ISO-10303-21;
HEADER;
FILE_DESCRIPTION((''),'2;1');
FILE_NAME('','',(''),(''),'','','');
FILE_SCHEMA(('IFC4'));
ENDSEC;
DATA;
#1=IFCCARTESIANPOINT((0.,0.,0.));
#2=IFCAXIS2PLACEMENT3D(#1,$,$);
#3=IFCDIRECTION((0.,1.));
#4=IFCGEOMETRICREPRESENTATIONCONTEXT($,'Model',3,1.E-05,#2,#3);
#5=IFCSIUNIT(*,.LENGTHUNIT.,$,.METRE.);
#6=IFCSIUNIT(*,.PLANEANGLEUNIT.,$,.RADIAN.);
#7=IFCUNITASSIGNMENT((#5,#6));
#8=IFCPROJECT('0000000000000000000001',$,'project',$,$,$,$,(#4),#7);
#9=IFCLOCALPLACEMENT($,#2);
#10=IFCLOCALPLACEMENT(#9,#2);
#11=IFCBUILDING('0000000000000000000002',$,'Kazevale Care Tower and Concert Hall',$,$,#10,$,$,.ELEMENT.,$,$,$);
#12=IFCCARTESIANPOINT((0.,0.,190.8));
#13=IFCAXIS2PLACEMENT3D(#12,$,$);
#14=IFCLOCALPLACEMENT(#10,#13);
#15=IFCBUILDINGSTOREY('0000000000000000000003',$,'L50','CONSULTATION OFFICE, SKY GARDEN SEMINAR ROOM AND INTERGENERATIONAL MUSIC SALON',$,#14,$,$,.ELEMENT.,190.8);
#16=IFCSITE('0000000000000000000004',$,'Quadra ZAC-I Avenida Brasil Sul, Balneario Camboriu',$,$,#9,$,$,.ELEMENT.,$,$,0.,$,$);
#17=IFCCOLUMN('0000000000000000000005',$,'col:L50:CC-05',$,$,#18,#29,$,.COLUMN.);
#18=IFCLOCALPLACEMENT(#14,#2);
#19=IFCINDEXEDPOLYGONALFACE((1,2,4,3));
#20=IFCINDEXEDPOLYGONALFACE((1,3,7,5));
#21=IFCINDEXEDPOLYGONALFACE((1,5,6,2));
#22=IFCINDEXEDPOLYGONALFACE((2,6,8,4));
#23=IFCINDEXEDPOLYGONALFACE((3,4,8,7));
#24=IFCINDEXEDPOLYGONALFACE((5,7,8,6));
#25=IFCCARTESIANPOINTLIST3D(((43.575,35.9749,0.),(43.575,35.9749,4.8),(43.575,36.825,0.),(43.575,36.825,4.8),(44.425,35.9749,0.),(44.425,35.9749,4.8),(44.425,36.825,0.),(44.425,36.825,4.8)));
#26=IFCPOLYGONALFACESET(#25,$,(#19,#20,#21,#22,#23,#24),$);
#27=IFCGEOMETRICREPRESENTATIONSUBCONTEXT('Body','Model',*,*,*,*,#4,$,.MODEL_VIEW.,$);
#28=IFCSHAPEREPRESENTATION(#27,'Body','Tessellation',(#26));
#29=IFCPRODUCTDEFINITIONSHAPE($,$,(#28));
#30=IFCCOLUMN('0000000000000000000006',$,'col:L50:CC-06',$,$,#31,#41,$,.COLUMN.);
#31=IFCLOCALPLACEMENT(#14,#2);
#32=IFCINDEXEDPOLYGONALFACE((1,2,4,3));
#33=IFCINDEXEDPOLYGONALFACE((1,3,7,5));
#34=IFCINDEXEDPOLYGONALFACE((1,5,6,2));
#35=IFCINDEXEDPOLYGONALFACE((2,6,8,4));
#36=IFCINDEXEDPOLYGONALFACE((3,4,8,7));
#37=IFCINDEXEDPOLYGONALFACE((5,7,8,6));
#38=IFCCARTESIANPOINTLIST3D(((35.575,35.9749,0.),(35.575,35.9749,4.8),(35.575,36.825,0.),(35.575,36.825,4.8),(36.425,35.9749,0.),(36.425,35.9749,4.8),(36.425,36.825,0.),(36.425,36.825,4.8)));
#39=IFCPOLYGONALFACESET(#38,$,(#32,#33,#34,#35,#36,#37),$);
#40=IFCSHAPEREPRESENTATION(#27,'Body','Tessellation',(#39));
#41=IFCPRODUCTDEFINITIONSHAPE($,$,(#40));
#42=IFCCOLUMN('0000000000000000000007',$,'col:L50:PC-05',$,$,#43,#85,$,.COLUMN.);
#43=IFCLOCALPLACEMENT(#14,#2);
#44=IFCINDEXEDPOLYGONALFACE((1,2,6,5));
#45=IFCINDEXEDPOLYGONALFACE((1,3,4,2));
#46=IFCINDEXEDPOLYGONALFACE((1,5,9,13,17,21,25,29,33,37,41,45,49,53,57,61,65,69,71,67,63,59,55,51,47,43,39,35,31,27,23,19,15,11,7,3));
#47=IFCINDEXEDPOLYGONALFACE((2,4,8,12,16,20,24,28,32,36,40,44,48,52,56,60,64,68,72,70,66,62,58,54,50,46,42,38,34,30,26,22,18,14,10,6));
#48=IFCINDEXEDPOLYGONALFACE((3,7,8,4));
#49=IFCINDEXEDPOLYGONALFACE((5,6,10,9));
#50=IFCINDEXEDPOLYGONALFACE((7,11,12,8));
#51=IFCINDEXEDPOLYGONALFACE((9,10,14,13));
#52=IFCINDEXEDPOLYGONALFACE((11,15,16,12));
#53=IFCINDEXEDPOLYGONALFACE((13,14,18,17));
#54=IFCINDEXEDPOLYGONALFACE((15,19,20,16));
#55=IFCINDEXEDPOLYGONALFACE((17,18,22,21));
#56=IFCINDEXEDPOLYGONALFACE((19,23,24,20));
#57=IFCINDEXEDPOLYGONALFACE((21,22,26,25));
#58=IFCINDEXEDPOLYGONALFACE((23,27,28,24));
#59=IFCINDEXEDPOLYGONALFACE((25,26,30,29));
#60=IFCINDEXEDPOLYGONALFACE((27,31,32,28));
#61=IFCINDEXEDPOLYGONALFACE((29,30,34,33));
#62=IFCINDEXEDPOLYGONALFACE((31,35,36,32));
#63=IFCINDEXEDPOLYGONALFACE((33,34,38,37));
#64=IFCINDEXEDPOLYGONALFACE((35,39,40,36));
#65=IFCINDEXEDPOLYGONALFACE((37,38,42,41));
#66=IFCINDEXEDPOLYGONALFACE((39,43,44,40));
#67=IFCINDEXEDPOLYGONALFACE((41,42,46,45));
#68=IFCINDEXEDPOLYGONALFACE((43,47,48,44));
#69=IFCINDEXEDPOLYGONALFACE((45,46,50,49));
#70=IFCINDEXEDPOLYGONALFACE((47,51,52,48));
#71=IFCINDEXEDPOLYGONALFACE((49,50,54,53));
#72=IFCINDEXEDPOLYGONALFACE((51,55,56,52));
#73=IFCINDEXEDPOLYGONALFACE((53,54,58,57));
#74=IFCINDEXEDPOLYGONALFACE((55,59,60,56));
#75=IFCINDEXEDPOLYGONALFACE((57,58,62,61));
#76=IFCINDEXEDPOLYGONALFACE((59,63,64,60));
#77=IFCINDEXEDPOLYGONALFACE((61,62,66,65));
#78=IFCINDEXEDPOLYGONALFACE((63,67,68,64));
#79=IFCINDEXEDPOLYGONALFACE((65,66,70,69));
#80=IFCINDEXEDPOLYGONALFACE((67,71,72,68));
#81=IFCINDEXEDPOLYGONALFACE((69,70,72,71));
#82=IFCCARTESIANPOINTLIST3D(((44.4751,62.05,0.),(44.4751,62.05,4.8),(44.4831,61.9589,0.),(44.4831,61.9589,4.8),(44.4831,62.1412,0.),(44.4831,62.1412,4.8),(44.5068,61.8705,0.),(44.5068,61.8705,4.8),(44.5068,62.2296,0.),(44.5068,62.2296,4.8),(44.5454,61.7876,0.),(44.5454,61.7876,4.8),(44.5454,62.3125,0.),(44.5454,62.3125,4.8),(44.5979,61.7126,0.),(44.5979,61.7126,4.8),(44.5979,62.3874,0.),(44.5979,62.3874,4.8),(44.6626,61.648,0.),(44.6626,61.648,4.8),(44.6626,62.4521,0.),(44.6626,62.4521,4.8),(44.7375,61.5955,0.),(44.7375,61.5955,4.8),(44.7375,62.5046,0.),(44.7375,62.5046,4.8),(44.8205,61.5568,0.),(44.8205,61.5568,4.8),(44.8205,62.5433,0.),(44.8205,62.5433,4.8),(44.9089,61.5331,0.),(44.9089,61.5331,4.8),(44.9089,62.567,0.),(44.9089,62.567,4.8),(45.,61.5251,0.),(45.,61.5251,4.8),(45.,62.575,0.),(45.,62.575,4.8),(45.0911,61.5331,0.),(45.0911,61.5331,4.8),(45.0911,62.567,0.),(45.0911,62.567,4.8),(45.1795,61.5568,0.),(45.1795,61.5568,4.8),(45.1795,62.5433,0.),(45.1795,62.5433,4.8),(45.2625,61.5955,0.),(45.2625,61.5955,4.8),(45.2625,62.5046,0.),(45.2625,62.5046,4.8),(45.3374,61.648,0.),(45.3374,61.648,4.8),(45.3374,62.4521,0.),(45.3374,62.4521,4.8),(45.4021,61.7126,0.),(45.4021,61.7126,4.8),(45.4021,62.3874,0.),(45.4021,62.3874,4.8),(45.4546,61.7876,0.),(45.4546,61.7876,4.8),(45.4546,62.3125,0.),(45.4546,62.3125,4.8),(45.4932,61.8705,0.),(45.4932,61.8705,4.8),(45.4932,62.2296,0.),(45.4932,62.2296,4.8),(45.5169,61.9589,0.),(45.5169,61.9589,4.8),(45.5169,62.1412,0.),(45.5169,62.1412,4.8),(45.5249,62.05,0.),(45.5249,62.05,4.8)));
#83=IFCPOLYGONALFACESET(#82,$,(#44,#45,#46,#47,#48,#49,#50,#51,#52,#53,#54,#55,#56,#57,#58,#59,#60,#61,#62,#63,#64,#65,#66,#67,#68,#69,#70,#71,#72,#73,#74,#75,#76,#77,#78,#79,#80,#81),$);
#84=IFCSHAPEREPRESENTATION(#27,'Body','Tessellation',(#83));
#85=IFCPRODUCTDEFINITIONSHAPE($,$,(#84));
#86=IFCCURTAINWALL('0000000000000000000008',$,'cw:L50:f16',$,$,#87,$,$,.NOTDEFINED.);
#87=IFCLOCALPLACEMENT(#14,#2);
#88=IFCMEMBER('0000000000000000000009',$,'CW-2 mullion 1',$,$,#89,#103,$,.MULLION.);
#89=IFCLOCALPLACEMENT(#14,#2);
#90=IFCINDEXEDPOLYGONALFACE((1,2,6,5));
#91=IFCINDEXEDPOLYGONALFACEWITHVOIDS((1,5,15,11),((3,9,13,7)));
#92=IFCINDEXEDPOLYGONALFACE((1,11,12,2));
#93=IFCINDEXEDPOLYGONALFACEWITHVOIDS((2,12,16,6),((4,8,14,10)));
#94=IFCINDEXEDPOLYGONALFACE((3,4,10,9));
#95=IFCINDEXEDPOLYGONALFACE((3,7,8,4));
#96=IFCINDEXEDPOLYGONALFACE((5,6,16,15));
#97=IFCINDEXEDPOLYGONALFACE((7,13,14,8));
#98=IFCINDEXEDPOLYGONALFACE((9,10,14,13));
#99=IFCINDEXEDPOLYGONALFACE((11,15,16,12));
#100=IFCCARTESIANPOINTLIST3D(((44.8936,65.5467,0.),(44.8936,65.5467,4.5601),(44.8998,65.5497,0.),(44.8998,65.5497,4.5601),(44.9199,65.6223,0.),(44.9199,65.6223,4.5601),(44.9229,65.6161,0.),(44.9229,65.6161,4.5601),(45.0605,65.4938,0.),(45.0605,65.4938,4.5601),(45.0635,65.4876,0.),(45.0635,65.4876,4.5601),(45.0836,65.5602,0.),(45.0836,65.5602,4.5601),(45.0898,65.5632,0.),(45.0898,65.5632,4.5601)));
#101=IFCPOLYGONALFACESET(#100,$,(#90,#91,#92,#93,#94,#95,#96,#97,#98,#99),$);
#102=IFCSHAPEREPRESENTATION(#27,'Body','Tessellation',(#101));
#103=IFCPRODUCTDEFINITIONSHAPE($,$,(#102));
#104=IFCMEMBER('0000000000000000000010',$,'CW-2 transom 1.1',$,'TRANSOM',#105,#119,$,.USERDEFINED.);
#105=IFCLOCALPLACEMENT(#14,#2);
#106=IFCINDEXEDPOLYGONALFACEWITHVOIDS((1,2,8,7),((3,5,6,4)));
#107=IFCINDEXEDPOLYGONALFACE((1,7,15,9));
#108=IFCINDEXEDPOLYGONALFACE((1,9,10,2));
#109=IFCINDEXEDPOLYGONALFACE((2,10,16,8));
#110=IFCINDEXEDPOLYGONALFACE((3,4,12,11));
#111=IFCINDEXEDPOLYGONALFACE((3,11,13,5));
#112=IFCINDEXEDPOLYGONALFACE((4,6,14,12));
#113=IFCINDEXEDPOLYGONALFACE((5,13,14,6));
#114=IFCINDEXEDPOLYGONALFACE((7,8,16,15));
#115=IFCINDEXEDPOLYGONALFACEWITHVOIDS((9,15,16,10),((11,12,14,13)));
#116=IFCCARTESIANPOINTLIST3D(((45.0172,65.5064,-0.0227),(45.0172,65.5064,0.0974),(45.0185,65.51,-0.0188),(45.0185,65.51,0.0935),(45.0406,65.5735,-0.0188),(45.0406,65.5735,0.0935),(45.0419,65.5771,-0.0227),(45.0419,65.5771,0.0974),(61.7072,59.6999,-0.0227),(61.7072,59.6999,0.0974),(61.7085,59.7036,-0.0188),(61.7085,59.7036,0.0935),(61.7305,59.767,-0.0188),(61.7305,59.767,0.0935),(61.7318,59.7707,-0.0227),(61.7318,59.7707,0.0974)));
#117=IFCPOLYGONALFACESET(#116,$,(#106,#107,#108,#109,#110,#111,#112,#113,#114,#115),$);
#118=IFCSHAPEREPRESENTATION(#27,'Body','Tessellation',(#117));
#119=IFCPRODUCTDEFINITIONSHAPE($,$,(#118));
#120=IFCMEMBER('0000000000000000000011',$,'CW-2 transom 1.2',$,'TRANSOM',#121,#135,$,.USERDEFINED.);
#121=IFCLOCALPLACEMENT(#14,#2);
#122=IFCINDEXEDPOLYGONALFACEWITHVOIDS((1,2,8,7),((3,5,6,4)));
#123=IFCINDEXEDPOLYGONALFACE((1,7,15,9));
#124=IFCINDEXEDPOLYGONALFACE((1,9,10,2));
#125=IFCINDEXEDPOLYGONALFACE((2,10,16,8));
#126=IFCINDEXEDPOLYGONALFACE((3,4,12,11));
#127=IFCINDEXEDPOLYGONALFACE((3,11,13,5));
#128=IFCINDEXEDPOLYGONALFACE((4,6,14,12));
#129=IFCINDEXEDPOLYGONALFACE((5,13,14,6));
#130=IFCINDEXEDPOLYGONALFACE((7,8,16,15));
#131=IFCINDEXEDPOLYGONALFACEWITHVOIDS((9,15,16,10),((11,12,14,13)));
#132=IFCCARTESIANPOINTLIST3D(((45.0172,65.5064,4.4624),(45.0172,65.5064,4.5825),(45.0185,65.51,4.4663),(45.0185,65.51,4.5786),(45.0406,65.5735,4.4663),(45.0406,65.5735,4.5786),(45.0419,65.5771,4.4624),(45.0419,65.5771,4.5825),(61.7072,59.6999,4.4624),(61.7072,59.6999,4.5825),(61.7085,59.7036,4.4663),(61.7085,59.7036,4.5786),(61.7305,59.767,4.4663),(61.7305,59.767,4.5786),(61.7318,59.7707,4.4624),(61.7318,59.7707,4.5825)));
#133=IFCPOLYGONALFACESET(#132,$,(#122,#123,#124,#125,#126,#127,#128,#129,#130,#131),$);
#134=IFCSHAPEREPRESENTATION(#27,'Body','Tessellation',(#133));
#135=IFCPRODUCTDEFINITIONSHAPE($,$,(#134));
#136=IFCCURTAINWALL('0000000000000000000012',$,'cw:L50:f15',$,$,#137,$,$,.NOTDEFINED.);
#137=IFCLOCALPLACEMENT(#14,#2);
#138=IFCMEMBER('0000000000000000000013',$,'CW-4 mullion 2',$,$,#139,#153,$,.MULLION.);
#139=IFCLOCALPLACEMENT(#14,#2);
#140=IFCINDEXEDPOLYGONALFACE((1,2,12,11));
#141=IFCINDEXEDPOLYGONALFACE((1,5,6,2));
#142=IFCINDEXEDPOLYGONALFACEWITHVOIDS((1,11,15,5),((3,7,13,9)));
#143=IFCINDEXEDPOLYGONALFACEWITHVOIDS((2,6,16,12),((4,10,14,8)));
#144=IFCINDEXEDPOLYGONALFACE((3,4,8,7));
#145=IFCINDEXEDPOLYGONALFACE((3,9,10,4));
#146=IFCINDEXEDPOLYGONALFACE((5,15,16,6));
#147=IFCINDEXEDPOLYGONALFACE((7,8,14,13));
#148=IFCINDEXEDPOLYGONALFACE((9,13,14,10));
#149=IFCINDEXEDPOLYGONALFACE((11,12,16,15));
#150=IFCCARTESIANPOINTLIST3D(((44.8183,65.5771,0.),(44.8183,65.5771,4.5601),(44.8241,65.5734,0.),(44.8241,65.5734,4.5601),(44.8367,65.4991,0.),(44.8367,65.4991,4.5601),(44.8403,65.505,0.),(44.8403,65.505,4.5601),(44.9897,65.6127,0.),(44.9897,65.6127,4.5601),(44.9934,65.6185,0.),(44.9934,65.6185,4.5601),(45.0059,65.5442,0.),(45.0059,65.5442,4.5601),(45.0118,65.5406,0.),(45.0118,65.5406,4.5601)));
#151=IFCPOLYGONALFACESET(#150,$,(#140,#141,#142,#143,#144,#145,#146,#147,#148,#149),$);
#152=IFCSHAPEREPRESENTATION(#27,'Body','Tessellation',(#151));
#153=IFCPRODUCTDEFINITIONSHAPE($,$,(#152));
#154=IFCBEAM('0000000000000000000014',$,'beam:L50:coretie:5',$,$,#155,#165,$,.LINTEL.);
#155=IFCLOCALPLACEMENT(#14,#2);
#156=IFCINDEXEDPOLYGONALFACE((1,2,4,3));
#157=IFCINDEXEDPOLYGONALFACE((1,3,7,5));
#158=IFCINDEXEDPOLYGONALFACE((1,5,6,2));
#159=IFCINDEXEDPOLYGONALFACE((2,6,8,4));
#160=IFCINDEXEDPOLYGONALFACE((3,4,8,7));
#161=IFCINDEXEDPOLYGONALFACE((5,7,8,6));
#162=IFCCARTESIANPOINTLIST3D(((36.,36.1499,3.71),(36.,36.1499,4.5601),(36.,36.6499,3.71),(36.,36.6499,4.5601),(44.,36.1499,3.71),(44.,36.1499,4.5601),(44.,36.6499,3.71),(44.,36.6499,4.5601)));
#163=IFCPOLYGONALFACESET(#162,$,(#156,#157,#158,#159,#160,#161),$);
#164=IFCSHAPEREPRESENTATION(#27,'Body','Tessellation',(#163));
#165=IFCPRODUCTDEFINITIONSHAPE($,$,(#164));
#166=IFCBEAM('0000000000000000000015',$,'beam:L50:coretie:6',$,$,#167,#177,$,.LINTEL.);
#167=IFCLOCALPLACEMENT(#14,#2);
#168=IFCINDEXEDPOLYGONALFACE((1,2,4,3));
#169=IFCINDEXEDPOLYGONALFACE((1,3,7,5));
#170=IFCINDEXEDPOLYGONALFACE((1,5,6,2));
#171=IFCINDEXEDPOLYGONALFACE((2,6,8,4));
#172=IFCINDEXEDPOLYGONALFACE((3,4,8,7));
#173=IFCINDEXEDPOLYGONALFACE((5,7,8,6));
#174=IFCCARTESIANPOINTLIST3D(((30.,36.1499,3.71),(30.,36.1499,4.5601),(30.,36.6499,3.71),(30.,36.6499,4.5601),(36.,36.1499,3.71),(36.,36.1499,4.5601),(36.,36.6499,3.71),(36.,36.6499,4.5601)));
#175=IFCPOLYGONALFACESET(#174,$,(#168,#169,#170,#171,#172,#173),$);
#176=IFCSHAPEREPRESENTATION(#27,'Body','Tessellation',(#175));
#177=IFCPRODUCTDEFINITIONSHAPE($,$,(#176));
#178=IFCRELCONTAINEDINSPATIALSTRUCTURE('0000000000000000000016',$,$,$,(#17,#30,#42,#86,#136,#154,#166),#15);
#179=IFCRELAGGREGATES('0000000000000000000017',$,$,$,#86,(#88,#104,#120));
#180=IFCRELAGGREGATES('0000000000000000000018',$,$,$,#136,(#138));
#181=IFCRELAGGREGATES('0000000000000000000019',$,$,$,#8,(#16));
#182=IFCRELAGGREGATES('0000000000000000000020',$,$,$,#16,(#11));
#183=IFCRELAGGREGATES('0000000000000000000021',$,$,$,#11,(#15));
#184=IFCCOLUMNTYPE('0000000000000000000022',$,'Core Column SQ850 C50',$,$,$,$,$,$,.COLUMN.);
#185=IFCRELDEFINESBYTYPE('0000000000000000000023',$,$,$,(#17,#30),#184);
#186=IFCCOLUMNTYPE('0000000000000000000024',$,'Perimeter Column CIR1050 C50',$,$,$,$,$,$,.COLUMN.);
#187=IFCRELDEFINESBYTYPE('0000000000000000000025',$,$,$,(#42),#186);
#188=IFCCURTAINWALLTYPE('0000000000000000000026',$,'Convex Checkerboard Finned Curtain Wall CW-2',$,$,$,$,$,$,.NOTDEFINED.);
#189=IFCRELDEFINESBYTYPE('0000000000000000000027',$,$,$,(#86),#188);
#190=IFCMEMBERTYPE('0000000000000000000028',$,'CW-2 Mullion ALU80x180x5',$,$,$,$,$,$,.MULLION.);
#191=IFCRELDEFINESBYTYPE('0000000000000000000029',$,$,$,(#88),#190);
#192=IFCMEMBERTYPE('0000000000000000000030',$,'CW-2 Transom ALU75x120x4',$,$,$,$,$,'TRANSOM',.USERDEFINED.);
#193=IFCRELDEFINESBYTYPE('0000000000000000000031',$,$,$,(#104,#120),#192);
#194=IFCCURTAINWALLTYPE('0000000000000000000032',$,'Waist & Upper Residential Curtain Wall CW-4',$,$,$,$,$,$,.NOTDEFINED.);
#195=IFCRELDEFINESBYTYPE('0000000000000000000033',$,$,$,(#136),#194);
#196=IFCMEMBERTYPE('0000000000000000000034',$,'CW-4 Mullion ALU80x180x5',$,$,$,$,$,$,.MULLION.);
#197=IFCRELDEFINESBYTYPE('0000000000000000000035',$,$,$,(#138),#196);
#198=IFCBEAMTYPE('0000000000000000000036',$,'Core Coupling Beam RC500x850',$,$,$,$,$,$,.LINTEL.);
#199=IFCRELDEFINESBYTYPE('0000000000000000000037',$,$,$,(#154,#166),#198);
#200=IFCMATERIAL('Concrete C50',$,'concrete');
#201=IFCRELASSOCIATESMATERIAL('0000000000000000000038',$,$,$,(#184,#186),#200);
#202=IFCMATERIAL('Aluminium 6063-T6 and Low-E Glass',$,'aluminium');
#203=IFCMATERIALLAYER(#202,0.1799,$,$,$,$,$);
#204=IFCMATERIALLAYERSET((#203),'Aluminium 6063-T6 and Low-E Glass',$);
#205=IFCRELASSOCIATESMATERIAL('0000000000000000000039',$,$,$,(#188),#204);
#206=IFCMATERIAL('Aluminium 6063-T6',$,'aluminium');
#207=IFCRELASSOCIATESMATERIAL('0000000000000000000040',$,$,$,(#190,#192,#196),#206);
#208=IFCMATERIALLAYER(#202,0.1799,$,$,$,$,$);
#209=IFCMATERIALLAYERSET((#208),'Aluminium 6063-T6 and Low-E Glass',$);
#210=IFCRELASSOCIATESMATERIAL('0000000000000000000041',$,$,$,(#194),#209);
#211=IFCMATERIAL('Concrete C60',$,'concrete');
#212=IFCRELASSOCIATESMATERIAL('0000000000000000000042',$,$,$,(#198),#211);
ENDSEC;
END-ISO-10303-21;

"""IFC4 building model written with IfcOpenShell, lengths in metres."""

from ifc_helpers import new_model, si_unit, direction, frame, origin, origin_2d, place, context, subcontext, project, spatial, rectangle, hollow_rectangle, circle, extrude, material, layer, layer_set, material_profile, profile_set, type_object, element, aggregate, save


model = new_model("IFC4")

# Units and contexts
model_context = context("Model", 3, precision=1e-05, world=origin(), true_north=direction((0.0, 1.0)))
body_context = subcontext(model_context, "Body", "Model", "MODEL_VIEW")
ifc_project = project(units=[si_unit("LENGTHUNIT", "METRE"), si_unit("PLANEANGLEUNIT", "RADIAN")], contexts=[model_context])

# Site, building, storey
site_placement = place(None, origin())
site = spatial("IfcSite", under=ifc_project, at=site_placement, Name="Quadra ZAC-I Avenida Brasil Sul, Balneario Camboriu", CompositionType="ELEMENT", RefElevation=0.0)
building_placement = place(site_placement, origin())
building = spatial("IfcBuilding", under=site, at=building_placement, Name="Kazevale Care Tower and Concert Hall", CompositionType="ELEMENT")
storey_placement = place(building_placement, frame((0.0, 0.0, 190.8)))
storey = spatial("IfcBuildingStorey", under=building, at=storey_placement, Name="L50", Description="CONSULTATION OFFICE, SKY GARDEN SEMINAR ROOM AND INTERGENERATIONAL MUSIC SALON", CompositionType="ELEMENT", Elevation=190.8)

# Columns
ifc_material_1 = material(Name="Concrete C50", Category="concrete")
ifc_material_profile_1 = material_profile(ifc_material_1, rectangle(XDim=0.8501, YDim=0.8501, at=origin_2d()), Name="RC-SQ850")
ifc_profile_set_1 = profile_set([ifc_material_profile_1], Name="Concrete C50")
column_type_1 = type_object("IfcColumnType", Name="Core Column SQ850 C50", PredefinedType="COLUMN", material=ifc_profile_set_1)
for number, where, z_axis, x_axis, name in (
    (1, (44.0, 36.3999, 0.0), (0.0, 0.0, 1.0), (1.0, 0.0, 0.0), "col:L50:CC-05"),
    (2, (36.0, 36.3999, 0.0), (0.0, 0.0, 1.0), (1.0, 0.0, 0.0), "col:L50:CC-06"),
):
    element("IfcColumn", number, at=place(storey_placement, frame(where, z_axis=z_axis, x_axis=x_axis)), inside=storey, type_object=column_type_1, Name=name, PredefinedType="COLUMN", context=body_context, shape_type="SweptSolid", body=[
        extrude(rectangle(XDim=0.8501, YDim=0.8501, at=origin_2d()), origin(), (0.0, 0.0, 1.0), 4.8),
    ])
ifc_material_profile_2 = material_profile(ifc_material_1, circle(Radius=0.5249, at=origin_2d()), Name="RC-CIR1050")
ifc_profile_set_2 = profile_set([ifc_material_profile_2], Name="Concrete C50")
column_type_2 = type_object("IfcColumnType", Name="Perimeter Column CIR1050 C50", PredefinedType="COLUMN", material=ifc_profile_set_2)
column_placement = place(storey_placement, frame((45.0, 62.05, 0.0), z_axis=(0.0, 0.0, 1.0), x_axis=(1.0, 0.0, 0.0)))
element("IfcColumn", 3, at=column_placement, inside=storey, type_object=column_type_2, Name="col:L50:PC-05", PredefinedType="COLUMN", context=body_context, shape_type="SweptSolid", body=[
    extrude(circle(Radius=0.5249, at=origin_2d()), origin(), (0.0, 0.0, 1.0), 4.8),
])

# Curtain wall, members
ifc_material_2 = material(Name="Aluminium 6063-T6 and Low-E Glass", Category="aluminium")
ifc_layer_1 = layer(ifc_material_2, 0.1799)
ifc_layer_set_1 = layer_set([ifc_layer_1], Name="Aluminium 6063-T6 and Low-E Glass")
curtain_wall_type_1 = type_object("IfcCurtainWallType", Name="Convex Checkerboard Finned Curtain Wall CW-2", PredefinedType="NOTDEFINED", material=ifc_layer_set_1)
curtain_wall_1_placement = place(storey_placement, origin())
curtain_wall_1 = element("IfcCurtainWall", 4, at=curtain_wall_1_placement, inside=storey, type_object=curtain_wall_type_1, Name="cw:L50:f16", PredefinedType="NOTDEFINED")
ifc_material_3 = material(Name="Aluminium 6063-T6", Category="aluminium")
ifc_material_profile_3 = material_profile(ifc_material_3, hollow_rectangle(XDim=0.0801, YDim=0.1799, WallThickness=0.0049, at=origin_2d()), Name="ALU80x180x5")
ifc_profile_set_3 = profile_set([ifc_material_profile_3], Name="Aluminium 6063-T6")
member_type_1 = type_object("IfcMemberType", Name="CW-2 Mullion ALU80x180x5", PredefinedType="MULLION", material=ifc_profile_set_3)
member_1_placement = place(storey_placement, frame((44.9917, 65.5549, 0.0), z_axis=(0.0, 0.0, 1.0), x_axis=(0.328584, 0.944475, 0.0)))
member_1 = element("IfcMember", 5, at=member_1_placement, type_object=member_type_1, Name="CW-2 mullion 1", PredefinedType="MULLION", context=body_context, shape_type="SweptSolid", body=[
    extrude(hollow_rectangle(XDim=0.0801, YDim=0.1799, WallThickness=0.0049, at=origin_2d()), origin(), (0.0, 0.0, 1.0), 4.5601),
])
ifc_material_profile_4 = material_profile(ifc_material_3, hollow_rectangle(XDim=0.075, YDim=0.1201, WallThickness=0.0039, at=origin_2d()), Name="ALU75x120x4")
ifc_profile_set_4 = profile_set([ifc_material_profile_4], Name="Aluminium 6063-T6")
member_type_2 = type_object("IfcMemberType", Name="CW-2 Transom ALU75x120x4", ElementType="TRANSOM", PredefinedType="USERDEFINED", material=ifc_profile_set_4)
member_2_placement = place(storey_placement, frame((45.0295, 65.5417, 0.0374), z_axis=(0.944476, -0.328581, 0.0), x_axis=(0.328581, 0.944476, 0.0)))
member_2 = element("IfcMember", 6, at=member_2_placement, type_object=member_type_2, Name="CW-2 transom 1.1", ObjectType="TRANSOM", PredefinedType="USERDEFINED", context=body_context, shape_type="SweptSolid", body=[
    extrude(hollow_rectangle(XDim=0.075, YDim=0.1201, WallThickness=0.0039, at=origin_2d()), origin(), (0.0, 0.0, 1.0), 17.6711),
])
member_3_placement = place(storey_placement, frame((45.0295, 65.5417, 4.5225), z_axis=(0.944476, -0.328581, 0.0), x_axis=(0.328581, 0.944476, 0.0)))
member_3 = element("IfcMember", 7, at=member_3_placement, type_object=member_type_2, Name="CW-2 transom 1.2", ObjectType="TRANSOM", PredefinedType="USERDEFINED", context=body_context, shape_type="SweptSolid", body=[
    extrude(hollow_rectangle(XDim=0.075, YDim=0.1201, WallThickness=0.0039, at=origin_2d()), origin(), (0.0, 0.0, 1.0), 17.6711),
])
aggregate(curtain_wall_1, [member_1, member_2, member_3])

# Curtain wall, member
ifc_layer_2 = layer(ifc_material_2, 0.1799)
ifc_layer_set_2 = layer_set([ifc_layer_2], Name="Aluminium 6063-T6 and Low-E Glass")
curtain_wall_type_2 = type_object("IfcCurtainWallType", Name="Waist & Upper Residential Curtain Wall CW-4", PredefinedType="NOTDEFINED", material=ifc_layer_set_2)
curtain_wall_2_placement = place(storey_placement, origin())
curtain_wall_2 = element("IfcCurtainWall", 8, at=curtain_wall_2_placement, inside=storey, type_object=curtain_wall_type_2, Name="cw:L50:f15", PredefinedType="NOTDEFINED")
ifc_material_profile_5 = material_profile(ifc_material_3, hollow_rectangle(XDim=0.0801, YDim=0.1799, WallThickness=0.0049, at=origin_2d()), Name="ALU80x180x5")
ifc_profile_set_5 = profile_set([ifc_material_profile_5], Name="Aluminium 6063-T6")
member_type_3 = type_object("IfcMemberType", Name="CW-4 Mullion ALU80x180x5", PredefinedType="MULLION", material=ifc_profile_set_5)
member_4_placement = place(storey_placement, frame((44.915, 65.5588, 0.0), z_axis=(0.0, 0.0, 1.0), x_axis=(-0.230439, 0.973087, 0.0)))
member_4 = element("IfcMember", 9, at=member_4_placement, type_object=member_type_3, Name="CW-4 mullion 2", PredefinedType="MULLION", context=body_context, shape_type="SweptSolid", body=[
    extrude(hollow_rectangle(XDim=0.0801, YDim=0.1799, WallThickness=0.0049, at=origin_2d()), origin(), (0.0, 0.0, 1.0), 4.5601),
])

# Beams
ifc_material_4 = material(Name="Concrete C60", Category="concrete")
ifc_material_profile_6 = material_profile(ifc_material_4, rectangle(XDim=0.5, YDim=0.8501, at=origin_2d()), Name="RC-B500x850")
ifc_profile_set_6 = profile_set([ifc_material_profile_6], Name="Concrete C60")
beam_type_1 = type_object("IfcBeamType", Name="Core Coupling Beam RC500x850", PredefinedType="LINTEL", material=ifc_profile_set_6)
beam_1_placement = place(storey_placement, frame((44.0, 36.3999, 4.135), z_axis=(-1.0, 0.0, 0.0), x_axis=(0.0, -1.0, 0.0)))
element("IfcBeam", 10, at=beam_1_placement, inside=storey, type_object=beam_type_1, Name="beam:L50:coretie:5", PredefinedType="LINTEL", context=body_context, shape_type="SweptSolid", body=[
    extrude(rectangle(XDim=0.5, YDim=0.8501, at=origin_2d()), origin(), (0.0, 0.0, 1.0), 8.0),
])
beam_2_placement = place(storey_placement, frame((36.0, 36.3999, 4.135), z_axis=(-1.0, 0.0, 0.0), x_axis=(0.0, -1.0, 0.0)))
element("IfcBeam", 11, at=beam_2_placement, inside=storey, type_object=beam_type_1, Name="beam:L50:coretie:6", PredefinedType="LINTEL", context=body_context, shape_type="SweptSolid", body=[
    extrude(rectangle(XDim=0.5, YDim=0.8501, at=origin_2d()), origin(), (0.0, 0.0, 1.0), 6.0),
])

aggregate(curtain_wall_2, [member_4])

save(model, "model.ifc")
